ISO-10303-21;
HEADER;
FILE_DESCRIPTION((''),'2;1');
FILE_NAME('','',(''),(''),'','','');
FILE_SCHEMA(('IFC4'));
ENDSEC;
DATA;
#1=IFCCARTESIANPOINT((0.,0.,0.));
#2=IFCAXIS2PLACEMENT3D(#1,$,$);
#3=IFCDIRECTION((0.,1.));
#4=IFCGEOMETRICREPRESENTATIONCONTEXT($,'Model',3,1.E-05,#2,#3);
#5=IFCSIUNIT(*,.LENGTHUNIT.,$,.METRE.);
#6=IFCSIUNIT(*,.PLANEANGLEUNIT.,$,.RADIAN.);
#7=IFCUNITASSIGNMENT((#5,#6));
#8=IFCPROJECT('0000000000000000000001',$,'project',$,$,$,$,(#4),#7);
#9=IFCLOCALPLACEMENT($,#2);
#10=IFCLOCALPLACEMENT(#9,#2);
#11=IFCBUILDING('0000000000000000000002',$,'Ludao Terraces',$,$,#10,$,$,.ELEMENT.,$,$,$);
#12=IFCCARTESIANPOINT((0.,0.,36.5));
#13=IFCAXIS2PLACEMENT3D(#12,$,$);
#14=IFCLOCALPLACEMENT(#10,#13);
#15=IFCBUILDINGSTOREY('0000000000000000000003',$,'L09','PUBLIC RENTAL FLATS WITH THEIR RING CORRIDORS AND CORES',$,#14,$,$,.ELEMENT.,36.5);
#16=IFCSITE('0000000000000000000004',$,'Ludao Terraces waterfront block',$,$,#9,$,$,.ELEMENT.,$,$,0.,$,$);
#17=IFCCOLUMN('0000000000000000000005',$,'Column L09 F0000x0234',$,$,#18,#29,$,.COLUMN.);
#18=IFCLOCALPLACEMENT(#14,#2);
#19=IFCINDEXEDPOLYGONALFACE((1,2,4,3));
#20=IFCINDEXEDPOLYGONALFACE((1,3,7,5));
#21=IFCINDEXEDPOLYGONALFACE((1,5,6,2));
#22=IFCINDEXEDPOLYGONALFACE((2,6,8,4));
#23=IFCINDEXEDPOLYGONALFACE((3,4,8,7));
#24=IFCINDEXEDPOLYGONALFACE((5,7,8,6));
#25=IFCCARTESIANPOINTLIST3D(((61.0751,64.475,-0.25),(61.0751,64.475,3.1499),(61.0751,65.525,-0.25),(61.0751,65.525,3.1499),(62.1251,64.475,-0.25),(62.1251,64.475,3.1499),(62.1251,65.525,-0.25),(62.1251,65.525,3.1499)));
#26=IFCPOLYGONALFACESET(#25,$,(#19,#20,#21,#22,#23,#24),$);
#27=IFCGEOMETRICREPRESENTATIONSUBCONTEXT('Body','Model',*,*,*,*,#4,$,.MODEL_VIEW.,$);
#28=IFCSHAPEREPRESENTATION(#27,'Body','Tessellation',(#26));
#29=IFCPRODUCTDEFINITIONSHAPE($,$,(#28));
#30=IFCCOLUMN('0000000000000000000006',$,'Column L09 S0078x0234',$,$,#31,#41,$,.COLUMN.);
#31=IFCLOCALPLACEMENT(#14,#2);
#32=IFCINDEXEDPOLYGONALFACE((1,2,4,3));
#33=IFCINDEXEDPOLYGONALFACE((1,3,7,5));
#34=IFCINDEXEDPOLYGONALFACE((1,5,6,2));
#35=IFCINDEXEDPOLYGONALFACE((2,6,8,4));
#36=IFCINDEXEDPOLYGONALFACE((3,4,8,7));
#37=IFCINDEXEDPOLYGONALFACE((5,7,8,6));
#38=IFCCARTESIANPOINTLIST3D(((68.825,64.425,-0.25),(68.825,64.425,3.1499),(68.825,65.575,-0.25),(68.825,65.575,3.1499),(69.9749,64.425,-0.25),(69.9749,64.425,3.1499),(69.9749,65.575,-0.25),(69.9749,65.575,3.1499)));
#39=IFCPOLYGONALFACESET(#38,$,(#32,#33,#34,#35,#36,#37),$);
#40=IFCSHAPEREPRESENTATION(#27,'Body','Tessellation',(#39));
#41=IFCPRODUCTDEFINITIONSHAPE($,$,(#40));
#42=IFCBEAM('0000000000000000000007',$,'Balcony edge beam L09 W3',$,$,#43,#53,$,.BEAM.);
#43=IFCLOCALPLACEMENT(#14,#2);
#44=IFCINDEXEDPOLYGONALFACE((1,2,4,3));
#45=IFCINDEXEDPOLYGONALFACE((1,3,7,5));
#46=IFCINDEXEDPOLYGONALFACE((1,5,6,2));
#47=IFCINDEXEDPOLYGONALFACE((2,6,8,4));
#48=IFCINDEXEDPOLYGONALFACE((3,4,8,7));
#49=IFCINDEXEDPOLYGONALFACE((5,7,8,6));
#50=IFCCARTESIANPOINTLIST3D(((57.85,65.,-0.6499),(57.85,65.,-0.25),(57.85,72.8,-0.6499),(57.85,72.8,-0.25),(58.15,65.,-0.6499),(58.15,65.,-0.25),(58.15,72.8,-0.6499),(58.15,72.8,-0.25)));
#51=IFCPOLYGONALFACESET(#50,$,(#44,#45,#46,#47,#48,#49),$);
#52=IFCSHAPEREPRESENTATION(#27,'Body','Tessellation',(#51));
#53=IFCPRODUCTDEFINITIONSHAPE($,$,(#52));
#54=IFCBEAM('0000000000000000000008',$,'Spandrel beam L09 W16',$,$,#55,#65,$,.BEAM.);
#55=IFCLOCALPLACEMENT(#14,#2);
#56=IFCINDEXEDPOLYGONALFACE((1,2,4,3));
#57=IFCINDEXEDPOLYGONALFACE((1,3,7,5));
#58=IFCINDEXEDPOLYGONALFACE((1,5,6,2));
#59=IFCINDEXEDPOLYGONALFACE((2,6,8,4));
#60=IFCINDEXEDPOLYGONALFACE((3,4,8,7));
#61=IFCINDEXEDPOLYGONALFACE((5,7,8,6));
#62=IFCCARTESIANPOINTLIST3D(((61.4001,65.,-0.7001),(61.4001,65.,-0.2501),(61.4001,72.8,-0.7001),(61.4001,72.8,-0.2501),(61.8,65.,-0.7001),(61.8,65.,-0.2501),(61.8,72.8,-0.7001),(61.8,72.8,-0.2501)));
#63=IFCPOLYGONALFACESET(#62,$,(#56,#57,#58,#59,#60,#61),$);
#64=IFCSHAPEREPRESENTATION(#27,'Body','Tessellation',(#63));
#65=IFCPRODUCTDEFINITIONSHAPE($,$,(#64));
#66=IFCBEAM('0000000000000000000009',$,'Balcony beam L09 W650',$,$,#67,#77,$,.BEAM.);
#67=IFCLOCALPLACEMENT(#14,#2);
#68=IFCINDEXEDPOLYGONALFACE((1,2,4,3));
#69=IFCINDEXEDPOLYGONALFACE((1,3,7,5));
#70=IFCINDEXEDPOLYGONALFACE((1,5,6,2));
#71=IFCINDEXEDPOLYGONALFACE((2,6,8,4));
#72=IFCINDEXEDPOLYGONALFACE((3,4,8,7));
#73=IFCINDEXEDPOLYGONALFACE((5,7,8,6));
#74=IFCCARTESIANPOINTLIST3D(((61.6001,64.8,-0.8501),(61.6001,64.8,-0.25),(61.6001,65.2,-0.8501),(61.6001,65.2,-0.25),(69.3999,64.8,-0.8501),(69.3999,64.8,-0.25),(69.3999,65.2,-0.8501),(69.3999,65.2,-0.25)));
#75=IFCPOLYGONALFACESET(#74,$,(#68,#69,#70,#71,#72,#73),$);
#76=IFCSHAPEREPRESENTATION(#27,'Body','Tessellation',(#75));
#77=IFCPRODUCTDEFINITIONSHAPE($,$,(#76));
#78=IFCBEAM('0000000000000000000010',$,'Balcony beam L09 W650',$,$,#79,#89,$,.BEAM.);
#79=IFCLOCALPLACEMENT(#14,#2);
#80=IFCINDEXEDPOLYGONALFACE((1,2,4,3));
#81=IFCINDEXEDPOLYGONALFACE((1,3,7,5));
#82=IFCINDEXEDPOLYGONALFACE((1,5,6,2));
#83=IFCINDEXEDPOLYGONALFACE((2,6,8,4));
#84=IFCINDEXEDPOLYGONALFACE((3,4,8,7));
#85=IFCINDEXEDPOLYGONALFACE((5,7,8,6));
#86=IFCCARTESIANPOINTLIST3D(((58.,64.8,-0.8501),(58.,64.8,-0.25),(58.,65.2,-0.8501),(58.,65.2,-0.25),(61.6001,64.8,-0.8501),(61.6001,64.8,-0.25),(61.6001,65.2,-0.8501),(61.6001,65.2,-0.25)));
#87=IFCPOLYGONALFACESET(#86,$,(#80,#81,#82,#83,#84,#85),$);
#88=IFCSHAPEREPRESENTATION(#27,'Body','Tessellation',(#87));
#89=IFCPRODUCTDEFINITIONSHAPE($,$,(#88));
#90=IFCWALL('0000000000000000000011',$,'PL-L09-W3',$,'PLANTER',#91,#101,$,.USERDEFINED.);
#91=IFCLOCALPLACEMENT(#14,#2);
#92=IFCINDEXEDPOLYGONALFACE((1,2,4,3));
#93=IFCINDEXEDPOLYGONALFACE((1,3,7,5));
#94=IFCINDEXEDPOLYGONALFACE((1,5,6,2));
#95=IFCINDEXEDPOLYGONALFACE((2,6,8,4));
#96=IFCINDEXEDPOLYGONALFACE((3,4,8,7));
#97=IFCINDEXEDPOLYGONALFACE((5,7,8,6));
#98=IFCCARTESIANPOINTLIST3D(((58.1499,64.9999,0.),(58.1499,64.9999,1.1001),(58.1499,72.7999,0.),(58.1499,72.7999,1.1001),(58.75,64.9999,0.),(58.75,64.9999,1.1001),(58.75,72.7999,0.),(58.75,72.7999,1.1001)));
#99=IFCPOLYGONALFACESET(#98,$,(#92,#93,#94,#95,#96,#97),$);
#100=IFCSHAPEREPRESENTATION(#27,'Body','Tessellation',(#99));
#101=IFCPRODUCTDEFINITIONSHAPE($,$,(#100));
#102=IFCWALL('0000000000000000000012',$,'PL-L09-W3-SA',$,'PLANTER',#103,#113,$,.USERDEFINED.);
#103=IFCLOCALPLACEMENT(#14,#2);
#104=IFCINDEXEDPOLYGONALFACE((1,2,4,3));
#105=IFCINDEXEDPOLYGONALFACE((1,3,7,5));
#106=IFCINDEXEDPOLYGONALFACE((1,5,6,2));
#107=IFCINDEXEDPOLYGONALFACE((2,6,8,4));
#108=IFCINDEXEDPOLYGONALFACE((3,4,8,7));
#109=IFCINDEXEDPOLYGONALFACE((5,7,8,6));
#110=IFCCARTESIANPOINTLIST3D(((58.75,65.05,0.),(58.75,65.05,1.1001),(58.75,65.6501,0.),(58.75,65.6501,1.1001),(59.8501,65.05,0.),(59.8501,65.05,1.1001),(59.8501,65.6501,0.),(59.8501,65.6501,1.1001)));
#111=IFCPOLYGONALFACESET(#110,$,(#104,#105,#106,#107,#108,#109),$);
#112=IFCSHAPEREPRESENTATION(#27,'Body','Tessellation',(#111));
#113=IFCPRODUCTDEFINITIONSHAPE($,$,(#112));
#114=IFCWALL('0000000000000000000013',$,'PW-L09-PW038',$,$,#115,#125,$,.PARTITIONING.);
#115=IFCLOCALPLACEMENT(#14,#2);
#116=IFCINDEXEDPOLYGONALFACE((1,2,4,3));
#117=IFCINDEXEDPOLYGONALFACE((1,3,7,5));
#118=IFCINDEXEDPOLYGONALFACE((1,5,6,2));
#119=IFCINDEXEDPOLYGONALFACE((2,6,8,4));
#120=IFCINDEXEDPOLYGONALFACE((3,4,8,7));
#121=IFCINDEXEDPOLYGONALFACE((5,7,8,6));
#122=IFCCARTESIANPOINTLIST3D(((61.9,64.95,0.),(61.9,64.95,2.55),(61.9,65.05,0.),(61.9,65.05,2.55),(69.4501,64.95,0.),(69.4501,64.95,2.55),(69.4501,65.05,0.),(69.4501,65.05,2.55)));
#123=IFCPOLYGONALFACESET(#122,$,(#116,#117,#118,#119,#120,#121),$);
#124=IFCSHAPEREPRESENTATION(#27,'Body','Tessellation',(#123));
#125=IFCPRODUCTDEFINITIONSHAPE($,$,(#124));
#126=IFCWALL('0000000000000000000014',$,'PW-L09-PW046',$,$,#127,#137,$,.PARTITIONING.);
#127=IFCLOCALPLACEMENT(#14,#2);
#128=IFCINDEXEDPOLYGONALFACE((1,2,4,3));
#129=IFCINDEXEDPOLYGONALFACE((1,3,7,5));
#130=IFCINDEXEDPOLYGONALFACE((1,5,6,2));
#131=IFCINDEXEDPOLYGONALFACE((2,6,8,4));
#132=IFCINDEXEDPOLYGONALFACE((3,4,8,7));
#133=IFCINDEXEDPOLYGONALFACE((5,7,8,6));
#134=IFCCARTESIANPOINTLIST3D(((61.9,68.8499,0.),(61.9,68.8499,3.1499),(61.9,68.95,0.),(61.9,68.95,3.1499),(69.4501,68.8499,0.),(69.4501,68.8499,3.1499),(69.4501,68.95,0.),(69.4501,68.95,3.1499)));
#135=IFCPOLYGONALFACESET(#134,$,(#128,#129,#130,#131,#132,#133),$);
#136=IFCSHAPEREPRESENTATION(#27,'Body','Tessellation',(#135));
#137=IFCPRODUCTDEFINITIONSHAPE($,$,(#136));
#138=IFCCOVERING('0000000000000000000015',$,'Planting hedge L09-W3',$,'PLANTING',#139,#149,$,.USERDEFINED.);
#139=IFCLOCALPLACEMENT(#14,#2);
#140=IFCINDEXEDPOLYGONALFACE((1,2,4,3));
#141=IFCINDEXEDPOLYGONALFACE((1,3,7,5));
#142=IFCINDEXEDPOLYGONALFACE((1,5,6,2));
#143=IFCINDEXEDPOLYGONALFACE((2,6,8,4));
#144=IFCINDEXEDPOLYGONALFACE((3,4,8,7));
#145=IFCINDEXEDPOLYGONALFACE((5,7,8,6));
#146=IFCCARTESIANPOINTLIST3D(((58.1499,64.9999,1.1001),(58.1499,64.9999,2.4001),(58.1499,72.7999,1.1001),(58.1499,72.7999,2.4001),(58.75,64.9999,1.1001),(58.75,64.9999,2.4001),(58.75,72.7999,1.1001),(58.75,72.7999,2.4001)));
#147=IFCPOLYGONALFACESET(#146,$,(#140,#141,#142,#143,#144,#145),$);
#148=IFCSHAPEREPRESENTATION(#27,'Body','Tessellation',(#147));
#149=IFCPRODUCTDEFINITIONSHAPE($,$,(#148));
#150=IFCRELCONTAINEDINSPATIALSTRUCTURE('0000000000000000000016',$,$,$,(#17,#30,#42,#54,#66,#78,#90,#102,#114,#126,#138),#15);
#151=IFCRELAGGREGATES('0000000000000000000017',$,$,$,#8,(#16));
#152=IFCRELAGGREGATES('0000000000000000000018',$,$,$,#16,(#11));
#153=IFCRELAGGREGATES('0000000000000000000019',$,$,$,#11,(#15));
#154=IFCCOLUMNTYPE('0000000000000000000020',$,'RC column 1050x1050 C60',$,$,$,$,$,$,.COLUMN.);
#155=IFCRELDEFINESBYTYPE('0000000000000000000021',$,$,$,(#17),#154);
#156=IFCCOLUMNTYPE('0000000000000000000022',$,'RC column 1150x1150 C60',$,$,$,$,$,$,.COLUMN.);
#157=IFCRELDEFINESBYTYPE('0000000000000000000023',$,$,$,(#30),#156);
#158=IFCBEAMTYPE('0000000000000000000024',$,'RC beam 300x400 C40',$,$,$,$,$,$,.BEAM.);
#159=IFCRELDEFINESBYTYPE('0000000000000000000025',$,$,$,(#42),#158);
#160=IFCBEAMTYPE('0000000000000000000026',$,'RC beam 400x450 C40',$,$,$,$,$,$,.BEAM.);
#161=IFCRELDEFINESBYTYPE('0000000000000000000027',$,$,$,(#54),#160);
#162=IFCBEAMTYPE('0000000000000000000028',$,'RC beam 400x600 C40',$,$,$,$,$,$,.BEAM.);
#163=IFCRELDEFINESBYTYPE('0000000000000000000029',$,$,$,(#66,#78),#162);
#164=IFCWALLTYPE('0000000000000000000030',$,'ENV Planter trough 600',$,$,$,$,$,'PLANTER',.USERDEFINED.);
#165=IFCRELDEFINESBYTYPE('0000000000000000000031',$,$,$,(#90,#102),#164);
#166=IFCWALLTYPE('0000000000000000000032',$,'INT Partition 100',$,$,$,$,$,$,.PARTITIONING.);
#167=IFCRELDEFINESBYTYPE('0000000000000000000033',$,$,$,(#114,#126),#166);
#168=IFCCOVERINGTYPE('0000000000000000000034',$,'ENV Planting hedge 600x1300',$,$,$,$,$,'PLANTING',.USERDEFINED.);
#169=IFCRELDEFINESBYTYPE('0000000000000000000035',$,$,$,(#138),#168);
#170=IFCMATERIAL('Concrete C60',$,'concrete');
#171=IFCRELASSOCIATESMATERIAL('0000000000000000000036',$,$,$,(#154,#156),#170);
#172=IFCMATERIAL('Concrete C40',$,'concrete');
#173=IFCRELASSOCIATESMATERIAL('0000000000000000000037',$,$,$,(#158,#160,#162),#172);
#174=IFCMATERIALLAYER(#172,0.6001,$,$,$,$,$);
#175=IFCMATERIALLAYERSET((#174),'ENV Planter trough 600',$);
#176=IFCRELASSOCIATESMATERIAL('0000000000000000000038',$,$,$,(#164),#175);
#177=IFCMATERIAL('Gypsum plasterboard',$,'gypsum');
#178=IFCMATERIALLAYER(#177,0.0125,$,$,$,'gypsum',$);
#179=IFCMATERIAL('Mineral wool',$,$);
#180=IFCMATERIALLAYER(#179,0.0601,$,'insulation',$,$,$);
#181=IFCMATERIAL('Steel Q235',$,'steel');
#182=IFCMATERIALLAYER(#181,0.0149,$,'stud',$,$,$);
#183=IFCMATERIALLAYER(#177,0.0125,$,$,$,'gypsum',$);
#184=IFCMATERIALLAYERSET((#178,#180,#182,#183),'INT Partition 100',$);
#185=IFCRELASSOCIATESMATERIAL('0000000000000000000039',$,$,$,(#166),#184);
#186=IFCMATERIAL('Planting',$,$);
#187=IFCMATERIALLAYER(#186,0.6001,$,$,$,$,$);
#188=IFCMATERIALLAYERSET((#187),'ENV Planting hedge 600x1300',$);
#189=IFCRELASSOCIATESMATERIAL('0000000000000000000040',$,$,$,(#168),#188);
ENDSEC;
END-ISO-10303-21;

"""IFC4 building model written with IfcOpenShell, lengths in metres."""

from ifc_helpers import new_model, si_unit, direction, frame, frame_2d, origin, origin_2d, place, context, subcontext, project, spatial, rectangle, extrude, material, layer, layer_set, material_profile, profile_set, type_object, element, save


model = new_model("IFC4")

# Units and contexts
model_context = context("Model", 3, precision=1e-05, world=origin(), true_north=direction((0.0, 1.0)))
body_context = subcontext(model_context, "Body", "Model", "MODEL_VIEW")
ifc_project = project(units=[si_unit("LENGTHUNIT", "METRE"), si_unit("PLANEANGLEUNIT", "RADIAN")], contexts=[model_context])

# Site, building, storey
site_placement = place(None, origin())
site = spatial("IfcSite", under=ifc_project, at=site_placement, Name="Ludao Terraces waterfront block", CompositionType="ELEMENT", RefElevation=0.0)
building_placement = place(site_placement, origin())
building = spatial("IfcBuilding", under=site, at=building_placement, Name="Ludao Terraces", CompositionType="ELEMENT")
storey_placement = place(building_placement, frame((0.0, 0.0, 36.5)))
storey = spatial("IfcBuildingStorey", under=building, at=storey_placement, Name="L09", Description="PUBLIC RENTAL FLATS WITH THEIR RING CORRIDORS AND CORES", CompositionType="ELEMENT", Elevation=36.5)

# Columns
ifc_material_1 = material(Name="Concrete C60", Category="concrete")
ifc_material_profile_1 = material_profile(ifc_material_1, rectangle(XDim=1.05, YDim=1.05, at=origin_2d()), Name="1050 X 1050")
ifc_profile_set_1 = profile_set([ifc_material_profile_1], Name="Concrete C60")
column_type_1 = type_object("IfcColumnType", Name="RC column 1050x1050 C60", PredefinedType="COLUMN", material=ifc_profile_set_1)
column_1_placement = place(storey_placement, frame((61.6001, 65.0, -0.25), z_axis=(0.0, 0.0, 1.0), x_axis=(1.0, 0.0, 0.0)))
element("IfcColumn", 1, at=column_1_placement, inside=storey, type_object=column_type_1, Name="Column L09 F0000x0234", PredefinedType="COLUMN", context=body_context, shape_type="SweptSolid", body=[
    extrude(rectangle(XDim=1.05, YDim=1.05, at=origin_2d()), origin(), (0.0, 0.0, 1.0), 3.3999),
])
ifc_material_profile_2 = material_profile(ifc_material_1, rectangle(XDim=1.1499, YDim=1.1499, at=origin_2d()), Name="1150 X 1150")
ifc_profile_set_2 = profile_set([ifc_material_profile_2], Name="Concrete C60")
column_type_2 = type_object("IfcColumnType", Name="RC column 1150x1150 C60", PredefinedType="COLUMN", material=ifc_profile_set_2)
column_2_placement = place(storey_placement, frame((69.3999, 65.0, -0.25), z_axis=(0.0, 0.0, 1.0), x_axis=(1.0, 0.0, 0.0)))
element("IfcColumn", 2, at=column_2_placement, inside=storey, type_object=column_type_2, Name="Column L09 S0078x0234", PredefinedType="COLUMN", context=body_context, shape_type="SweptSolid", body=[
    extrude(rectangle(XDim=1.1499, YDim=1.1499, at=origin_2d()), origin(), (0.0, 0.0, 1.0), 3.3999),
])

# Beams
ifc_material_2 = material(Name="Concrete C40", Category="concrete")
ifc_material_profile_3 = material_profile(ifc_material_2, rectangle(XDim=0.3, YDim=0.3999, at=origin_2d()), Name="300 X 400")
ifc_profile_set_3 = profile_set([ifc_material_profile_3], Name="Concrete C40")
beam_type_1 = type_object("IfcBeamType", Name="RC beam 300x400 C40", PredefinedType="BEAM", material=ifc_profile_set_3)
beam_1_placement = place(storey_placement, frame((58.0, 65.0, -0.45), z_axis=(0.0, 1.0, 0.0), x_axis=(-1.0, 0.0, 0.0)))
element("IfcBeam", 3, at=beam_1_placement, inside=storey, type_object=beam_type_1, Name="Balcony edge beam L09 W3", PredefinedType="BEAM", context=body_context, shape_type="SweptSolid", body=[
    extrude(rectangle(XDim=0.3, YDim=0.3999, at=origin_2d()), origin(), (0.0, 0.0, 1.0), 7.8),
])
ifc_material_profile_4 = material_profile(ifc_material_2, rectangle(XDim=0.3999, YDim=0.45, at=origin_2d()), Name="400 X 450")
ifc_profile_set_4 = profile_set([ifc_material_profile_4], Name="Concrete C40")
beam_type_2 = type_object("IfcBeamType", Name="RC beam 400x450 C40", PredefinedType="BEAM", material=ifc_profile_set_4)
beam_2_placement = place(storey_placement, frame((61.6001, 65.0, -0.4751), z_axis=(0.0, 1.0, 0.0), x_axis=(-1.0, 0.0, 0.0)))
element("IfcBeam", 4, at=beam_2_placement, inside=storey, type_object=beam_type_2, Name="Spandrel beam L09 W16", PredefinedType="BEAM", context=body_context, shape_type="SweptSolid", body=[
    extrude(rectangle(XDim=0.3999, YDim=0.45, at=origin_2d()), origin(), (0.0, 0.0, 1.0), 7.8),
])
ifc_material_profile_5 = material_profile(ifc_material_2, rectangle(XDim=0.3999, YDim=0.6001, at=origin_2d()), Name="400 X 600")
ifc_profile_set_5 = profile_set([ifc_material_profile_5], Name="Concrete C40")
beam_type_3 = type_object("IfcBeamType", Name="RC beam 400x600 C40", PredefinedType="BEAM", material=ifc_profile_set_5)
beam_3_placement = place(storey_placement, frame((69.3999, 65.0, -0.55), z_axis=(-1.0, 0.0, 0.0), x_axis=(0.0, -1.0, 0.0)))
element("IfcBeam", 5, at=beam_3_placement, inside=storey, type_object=beam_type_3, Name="Balcony beam L09 W650", PredefinedType="BEAM", context=body_context, shape_type="SweptSolid", body=[
    extrude(rectangle(XDim=0.3999, YDim=0.6001, at=origin_2d()), origin(), (0.0, 0.0, 1.0), 7.7998),
])
beam_4_placement = place(storey_placement, frame((61.6001, 65.0, -0.55), z_axis=(-1.0, 0.0, 0.0), x_axis=(0.0, -1.0, 0.0)))
element("IfcBeam", 6, at=beam_4_placement, inside=storey, type_object=beam_type_3, Name="Balcony beam L09 W650", PredefinedType="BEAM", context=body_context, shape_type="SweptSolid", body=[
    extrude(rectangle(XDim=0.3999, YDim=0.6001, at=origin_2d()), origin(), (0.0, 0.0, 1.0), 3.6001),
])

# Walls
ifc_layer_1 = layer(ifc_material_2, 0.6001)
ifc_layer_set_1 = layer_set([ifc_layer_1], Name="ENV Planter trough 600")
wall_type_1 = type_object("IfcWallType", Name="ENV Planter trough 600", ElementType="PLANTER", PredefinedType="USERDEFINED", material=ifc_layer_set_1)
wall_1_placement = place(storey_placement, frame((58.45, 65.0, 0.0), z_axis=(0.0, 0.0, 1.0), x_axis=(0.0, 1.0, 0.0)))
element("IfcWall", 7, at=wall_1_placement, inside=storey, type_object=wall_type_1, Name="PL-L09-W3", ObjectType="PLANTER", PredefinedType="USERDEFINED", context=body_context, shape_type="SweptSolid", body=[
    extrude(rectangle(XDim=7.8, YDim=0.6001, at=frame_2d((3.8999, 0.0))), origin(), (0.0, 0.0, 1.0), 1.1001),
])
wall_2_placement = place(storey_placement, frame((58.75, 65.3501, 0.0), z_axis=(0.0, 0.0, 1.0), x_axis=(1.0, 0.0, 0.0)))
element("IfcWall", 8, at=wall_2_placement, inside=storey, type_object=wall_type_1, Name="PL-L09-W3-SA", ObjectType="PLANTER", PredefinedType="USERDEFINED", context=body_context, shape_type="SweptSolid", body=[
    extrude(rectangle(XDim=1.1001, YDim=0.6001, at=frame_2d((0.55, 0.0))), origin(), (0.0, 0.0, 1.0), 1.1001),
])

# Shared definitions
ifc_material_3 = material(Name="Mineral wool")

# Walls
ifc_material_4 = material(Name="Gypsum plasterboard", Category="gypsum")
ifc_layer_2 = layer(ifc_material_4, 0.0125, Category="gypsum")
ifc_layer_3 = layer(ifc_material_3, 0.0601, Name="insulation")
ifc_material_5 = material(Name="Steel Q235", Category="steel")
ifc_layer_4 = layer(ifc_material_5, 0.0149, Name="stud")
ifc_layer_5 = layer(ifc_material_4, 0.0125, Category="gypsum")
ifc_layer_set_2 = layer_set([ifc_layer_2, ifc_layer_3, ifc_layer_4, ifc_layer_5], Name="INT Partition 100")
wall_type_2 = type_object("IfcWallType", Name="INT Partition 100", PredefinedType="PARTITIONING", material=ifc_layer_set_2)
wall_3_placement = place(storey_placement, frame((61.9001, 65.0, 0.0), z_axis=(0.0, 0.0, 1.0), x_axis=(1.0, 0.0, 0.0)))
element("IfcWall", 9, at=wall_3_placement, inside=storey, type_object=wall_type_2, Name="PW-L09-PW038", PredefinedType="PARTITIONING", context=body_context, shape_type="SweptSolid", body=[
    extrude(rectangle(XDim=7.55, YDim=0.1001, at=frame_2d((3.7749, 0.0))), origin(), (0.0, 0.0, 1.0), 2.55),
])
wall_4_placement = place(storey_placement, frame((61.9001, 68.8999, 0.0), z_axis=(0.0, 0.0, 1.0), x_axis=(1.0, 0.0, 0.0)))
element("IfcWall", 10, at=wall_4_placement, inside=storey, type_object=wall_type_2, Name="PW-L09-PW046", PredefinedType="PARTITIONING", context=body_context, shape_type="SweptSolid", body=[
    extrude(rectangle(XDim=7.55, YDim=0.1001, at=frame_2d((3.7749, 0.0))), origin(), (0.0, 0.0, 1.0), 3.1499),
])

# Covering
ifc_material_6 = material(Name="Planting")
ifc_layer_6 = layer(ifc_material_6, 0.6001)
ifc_layer_set_3 = layer_set([ifc_layer_6], Name="ENV Planting hedge 600x1300")
covering_type = type_object("IfcCoveringType", Name="ENV Planting hedge 600x1300", ElementType="PLANTING", PredefinedType="USERDEFINED", material=ifc_layer_set_3)
covering_placement = place(storey_placement, frame((58.45, 68.8999, 1.1001), z_axis=(0.0, 0.0, 1.0), x_axis=(1.0, 0.0, 0.0)))
element("IfcCovering", 11, at=covering_placement, inside=storey, type_object=covering_type, Name="Planting hedge L09-W3", ObjectType="PLANTING", PredefinedType="USERDEFINED", context=body_context, shape_type="SweptSolid", body=[
    extrude(rectangle(XDim=0.6001, YDim=7.8, at=origin_2d()), origin(), (0.0, 0.0, 1.0), 1.3),
])

save(model, "model.ifc")
